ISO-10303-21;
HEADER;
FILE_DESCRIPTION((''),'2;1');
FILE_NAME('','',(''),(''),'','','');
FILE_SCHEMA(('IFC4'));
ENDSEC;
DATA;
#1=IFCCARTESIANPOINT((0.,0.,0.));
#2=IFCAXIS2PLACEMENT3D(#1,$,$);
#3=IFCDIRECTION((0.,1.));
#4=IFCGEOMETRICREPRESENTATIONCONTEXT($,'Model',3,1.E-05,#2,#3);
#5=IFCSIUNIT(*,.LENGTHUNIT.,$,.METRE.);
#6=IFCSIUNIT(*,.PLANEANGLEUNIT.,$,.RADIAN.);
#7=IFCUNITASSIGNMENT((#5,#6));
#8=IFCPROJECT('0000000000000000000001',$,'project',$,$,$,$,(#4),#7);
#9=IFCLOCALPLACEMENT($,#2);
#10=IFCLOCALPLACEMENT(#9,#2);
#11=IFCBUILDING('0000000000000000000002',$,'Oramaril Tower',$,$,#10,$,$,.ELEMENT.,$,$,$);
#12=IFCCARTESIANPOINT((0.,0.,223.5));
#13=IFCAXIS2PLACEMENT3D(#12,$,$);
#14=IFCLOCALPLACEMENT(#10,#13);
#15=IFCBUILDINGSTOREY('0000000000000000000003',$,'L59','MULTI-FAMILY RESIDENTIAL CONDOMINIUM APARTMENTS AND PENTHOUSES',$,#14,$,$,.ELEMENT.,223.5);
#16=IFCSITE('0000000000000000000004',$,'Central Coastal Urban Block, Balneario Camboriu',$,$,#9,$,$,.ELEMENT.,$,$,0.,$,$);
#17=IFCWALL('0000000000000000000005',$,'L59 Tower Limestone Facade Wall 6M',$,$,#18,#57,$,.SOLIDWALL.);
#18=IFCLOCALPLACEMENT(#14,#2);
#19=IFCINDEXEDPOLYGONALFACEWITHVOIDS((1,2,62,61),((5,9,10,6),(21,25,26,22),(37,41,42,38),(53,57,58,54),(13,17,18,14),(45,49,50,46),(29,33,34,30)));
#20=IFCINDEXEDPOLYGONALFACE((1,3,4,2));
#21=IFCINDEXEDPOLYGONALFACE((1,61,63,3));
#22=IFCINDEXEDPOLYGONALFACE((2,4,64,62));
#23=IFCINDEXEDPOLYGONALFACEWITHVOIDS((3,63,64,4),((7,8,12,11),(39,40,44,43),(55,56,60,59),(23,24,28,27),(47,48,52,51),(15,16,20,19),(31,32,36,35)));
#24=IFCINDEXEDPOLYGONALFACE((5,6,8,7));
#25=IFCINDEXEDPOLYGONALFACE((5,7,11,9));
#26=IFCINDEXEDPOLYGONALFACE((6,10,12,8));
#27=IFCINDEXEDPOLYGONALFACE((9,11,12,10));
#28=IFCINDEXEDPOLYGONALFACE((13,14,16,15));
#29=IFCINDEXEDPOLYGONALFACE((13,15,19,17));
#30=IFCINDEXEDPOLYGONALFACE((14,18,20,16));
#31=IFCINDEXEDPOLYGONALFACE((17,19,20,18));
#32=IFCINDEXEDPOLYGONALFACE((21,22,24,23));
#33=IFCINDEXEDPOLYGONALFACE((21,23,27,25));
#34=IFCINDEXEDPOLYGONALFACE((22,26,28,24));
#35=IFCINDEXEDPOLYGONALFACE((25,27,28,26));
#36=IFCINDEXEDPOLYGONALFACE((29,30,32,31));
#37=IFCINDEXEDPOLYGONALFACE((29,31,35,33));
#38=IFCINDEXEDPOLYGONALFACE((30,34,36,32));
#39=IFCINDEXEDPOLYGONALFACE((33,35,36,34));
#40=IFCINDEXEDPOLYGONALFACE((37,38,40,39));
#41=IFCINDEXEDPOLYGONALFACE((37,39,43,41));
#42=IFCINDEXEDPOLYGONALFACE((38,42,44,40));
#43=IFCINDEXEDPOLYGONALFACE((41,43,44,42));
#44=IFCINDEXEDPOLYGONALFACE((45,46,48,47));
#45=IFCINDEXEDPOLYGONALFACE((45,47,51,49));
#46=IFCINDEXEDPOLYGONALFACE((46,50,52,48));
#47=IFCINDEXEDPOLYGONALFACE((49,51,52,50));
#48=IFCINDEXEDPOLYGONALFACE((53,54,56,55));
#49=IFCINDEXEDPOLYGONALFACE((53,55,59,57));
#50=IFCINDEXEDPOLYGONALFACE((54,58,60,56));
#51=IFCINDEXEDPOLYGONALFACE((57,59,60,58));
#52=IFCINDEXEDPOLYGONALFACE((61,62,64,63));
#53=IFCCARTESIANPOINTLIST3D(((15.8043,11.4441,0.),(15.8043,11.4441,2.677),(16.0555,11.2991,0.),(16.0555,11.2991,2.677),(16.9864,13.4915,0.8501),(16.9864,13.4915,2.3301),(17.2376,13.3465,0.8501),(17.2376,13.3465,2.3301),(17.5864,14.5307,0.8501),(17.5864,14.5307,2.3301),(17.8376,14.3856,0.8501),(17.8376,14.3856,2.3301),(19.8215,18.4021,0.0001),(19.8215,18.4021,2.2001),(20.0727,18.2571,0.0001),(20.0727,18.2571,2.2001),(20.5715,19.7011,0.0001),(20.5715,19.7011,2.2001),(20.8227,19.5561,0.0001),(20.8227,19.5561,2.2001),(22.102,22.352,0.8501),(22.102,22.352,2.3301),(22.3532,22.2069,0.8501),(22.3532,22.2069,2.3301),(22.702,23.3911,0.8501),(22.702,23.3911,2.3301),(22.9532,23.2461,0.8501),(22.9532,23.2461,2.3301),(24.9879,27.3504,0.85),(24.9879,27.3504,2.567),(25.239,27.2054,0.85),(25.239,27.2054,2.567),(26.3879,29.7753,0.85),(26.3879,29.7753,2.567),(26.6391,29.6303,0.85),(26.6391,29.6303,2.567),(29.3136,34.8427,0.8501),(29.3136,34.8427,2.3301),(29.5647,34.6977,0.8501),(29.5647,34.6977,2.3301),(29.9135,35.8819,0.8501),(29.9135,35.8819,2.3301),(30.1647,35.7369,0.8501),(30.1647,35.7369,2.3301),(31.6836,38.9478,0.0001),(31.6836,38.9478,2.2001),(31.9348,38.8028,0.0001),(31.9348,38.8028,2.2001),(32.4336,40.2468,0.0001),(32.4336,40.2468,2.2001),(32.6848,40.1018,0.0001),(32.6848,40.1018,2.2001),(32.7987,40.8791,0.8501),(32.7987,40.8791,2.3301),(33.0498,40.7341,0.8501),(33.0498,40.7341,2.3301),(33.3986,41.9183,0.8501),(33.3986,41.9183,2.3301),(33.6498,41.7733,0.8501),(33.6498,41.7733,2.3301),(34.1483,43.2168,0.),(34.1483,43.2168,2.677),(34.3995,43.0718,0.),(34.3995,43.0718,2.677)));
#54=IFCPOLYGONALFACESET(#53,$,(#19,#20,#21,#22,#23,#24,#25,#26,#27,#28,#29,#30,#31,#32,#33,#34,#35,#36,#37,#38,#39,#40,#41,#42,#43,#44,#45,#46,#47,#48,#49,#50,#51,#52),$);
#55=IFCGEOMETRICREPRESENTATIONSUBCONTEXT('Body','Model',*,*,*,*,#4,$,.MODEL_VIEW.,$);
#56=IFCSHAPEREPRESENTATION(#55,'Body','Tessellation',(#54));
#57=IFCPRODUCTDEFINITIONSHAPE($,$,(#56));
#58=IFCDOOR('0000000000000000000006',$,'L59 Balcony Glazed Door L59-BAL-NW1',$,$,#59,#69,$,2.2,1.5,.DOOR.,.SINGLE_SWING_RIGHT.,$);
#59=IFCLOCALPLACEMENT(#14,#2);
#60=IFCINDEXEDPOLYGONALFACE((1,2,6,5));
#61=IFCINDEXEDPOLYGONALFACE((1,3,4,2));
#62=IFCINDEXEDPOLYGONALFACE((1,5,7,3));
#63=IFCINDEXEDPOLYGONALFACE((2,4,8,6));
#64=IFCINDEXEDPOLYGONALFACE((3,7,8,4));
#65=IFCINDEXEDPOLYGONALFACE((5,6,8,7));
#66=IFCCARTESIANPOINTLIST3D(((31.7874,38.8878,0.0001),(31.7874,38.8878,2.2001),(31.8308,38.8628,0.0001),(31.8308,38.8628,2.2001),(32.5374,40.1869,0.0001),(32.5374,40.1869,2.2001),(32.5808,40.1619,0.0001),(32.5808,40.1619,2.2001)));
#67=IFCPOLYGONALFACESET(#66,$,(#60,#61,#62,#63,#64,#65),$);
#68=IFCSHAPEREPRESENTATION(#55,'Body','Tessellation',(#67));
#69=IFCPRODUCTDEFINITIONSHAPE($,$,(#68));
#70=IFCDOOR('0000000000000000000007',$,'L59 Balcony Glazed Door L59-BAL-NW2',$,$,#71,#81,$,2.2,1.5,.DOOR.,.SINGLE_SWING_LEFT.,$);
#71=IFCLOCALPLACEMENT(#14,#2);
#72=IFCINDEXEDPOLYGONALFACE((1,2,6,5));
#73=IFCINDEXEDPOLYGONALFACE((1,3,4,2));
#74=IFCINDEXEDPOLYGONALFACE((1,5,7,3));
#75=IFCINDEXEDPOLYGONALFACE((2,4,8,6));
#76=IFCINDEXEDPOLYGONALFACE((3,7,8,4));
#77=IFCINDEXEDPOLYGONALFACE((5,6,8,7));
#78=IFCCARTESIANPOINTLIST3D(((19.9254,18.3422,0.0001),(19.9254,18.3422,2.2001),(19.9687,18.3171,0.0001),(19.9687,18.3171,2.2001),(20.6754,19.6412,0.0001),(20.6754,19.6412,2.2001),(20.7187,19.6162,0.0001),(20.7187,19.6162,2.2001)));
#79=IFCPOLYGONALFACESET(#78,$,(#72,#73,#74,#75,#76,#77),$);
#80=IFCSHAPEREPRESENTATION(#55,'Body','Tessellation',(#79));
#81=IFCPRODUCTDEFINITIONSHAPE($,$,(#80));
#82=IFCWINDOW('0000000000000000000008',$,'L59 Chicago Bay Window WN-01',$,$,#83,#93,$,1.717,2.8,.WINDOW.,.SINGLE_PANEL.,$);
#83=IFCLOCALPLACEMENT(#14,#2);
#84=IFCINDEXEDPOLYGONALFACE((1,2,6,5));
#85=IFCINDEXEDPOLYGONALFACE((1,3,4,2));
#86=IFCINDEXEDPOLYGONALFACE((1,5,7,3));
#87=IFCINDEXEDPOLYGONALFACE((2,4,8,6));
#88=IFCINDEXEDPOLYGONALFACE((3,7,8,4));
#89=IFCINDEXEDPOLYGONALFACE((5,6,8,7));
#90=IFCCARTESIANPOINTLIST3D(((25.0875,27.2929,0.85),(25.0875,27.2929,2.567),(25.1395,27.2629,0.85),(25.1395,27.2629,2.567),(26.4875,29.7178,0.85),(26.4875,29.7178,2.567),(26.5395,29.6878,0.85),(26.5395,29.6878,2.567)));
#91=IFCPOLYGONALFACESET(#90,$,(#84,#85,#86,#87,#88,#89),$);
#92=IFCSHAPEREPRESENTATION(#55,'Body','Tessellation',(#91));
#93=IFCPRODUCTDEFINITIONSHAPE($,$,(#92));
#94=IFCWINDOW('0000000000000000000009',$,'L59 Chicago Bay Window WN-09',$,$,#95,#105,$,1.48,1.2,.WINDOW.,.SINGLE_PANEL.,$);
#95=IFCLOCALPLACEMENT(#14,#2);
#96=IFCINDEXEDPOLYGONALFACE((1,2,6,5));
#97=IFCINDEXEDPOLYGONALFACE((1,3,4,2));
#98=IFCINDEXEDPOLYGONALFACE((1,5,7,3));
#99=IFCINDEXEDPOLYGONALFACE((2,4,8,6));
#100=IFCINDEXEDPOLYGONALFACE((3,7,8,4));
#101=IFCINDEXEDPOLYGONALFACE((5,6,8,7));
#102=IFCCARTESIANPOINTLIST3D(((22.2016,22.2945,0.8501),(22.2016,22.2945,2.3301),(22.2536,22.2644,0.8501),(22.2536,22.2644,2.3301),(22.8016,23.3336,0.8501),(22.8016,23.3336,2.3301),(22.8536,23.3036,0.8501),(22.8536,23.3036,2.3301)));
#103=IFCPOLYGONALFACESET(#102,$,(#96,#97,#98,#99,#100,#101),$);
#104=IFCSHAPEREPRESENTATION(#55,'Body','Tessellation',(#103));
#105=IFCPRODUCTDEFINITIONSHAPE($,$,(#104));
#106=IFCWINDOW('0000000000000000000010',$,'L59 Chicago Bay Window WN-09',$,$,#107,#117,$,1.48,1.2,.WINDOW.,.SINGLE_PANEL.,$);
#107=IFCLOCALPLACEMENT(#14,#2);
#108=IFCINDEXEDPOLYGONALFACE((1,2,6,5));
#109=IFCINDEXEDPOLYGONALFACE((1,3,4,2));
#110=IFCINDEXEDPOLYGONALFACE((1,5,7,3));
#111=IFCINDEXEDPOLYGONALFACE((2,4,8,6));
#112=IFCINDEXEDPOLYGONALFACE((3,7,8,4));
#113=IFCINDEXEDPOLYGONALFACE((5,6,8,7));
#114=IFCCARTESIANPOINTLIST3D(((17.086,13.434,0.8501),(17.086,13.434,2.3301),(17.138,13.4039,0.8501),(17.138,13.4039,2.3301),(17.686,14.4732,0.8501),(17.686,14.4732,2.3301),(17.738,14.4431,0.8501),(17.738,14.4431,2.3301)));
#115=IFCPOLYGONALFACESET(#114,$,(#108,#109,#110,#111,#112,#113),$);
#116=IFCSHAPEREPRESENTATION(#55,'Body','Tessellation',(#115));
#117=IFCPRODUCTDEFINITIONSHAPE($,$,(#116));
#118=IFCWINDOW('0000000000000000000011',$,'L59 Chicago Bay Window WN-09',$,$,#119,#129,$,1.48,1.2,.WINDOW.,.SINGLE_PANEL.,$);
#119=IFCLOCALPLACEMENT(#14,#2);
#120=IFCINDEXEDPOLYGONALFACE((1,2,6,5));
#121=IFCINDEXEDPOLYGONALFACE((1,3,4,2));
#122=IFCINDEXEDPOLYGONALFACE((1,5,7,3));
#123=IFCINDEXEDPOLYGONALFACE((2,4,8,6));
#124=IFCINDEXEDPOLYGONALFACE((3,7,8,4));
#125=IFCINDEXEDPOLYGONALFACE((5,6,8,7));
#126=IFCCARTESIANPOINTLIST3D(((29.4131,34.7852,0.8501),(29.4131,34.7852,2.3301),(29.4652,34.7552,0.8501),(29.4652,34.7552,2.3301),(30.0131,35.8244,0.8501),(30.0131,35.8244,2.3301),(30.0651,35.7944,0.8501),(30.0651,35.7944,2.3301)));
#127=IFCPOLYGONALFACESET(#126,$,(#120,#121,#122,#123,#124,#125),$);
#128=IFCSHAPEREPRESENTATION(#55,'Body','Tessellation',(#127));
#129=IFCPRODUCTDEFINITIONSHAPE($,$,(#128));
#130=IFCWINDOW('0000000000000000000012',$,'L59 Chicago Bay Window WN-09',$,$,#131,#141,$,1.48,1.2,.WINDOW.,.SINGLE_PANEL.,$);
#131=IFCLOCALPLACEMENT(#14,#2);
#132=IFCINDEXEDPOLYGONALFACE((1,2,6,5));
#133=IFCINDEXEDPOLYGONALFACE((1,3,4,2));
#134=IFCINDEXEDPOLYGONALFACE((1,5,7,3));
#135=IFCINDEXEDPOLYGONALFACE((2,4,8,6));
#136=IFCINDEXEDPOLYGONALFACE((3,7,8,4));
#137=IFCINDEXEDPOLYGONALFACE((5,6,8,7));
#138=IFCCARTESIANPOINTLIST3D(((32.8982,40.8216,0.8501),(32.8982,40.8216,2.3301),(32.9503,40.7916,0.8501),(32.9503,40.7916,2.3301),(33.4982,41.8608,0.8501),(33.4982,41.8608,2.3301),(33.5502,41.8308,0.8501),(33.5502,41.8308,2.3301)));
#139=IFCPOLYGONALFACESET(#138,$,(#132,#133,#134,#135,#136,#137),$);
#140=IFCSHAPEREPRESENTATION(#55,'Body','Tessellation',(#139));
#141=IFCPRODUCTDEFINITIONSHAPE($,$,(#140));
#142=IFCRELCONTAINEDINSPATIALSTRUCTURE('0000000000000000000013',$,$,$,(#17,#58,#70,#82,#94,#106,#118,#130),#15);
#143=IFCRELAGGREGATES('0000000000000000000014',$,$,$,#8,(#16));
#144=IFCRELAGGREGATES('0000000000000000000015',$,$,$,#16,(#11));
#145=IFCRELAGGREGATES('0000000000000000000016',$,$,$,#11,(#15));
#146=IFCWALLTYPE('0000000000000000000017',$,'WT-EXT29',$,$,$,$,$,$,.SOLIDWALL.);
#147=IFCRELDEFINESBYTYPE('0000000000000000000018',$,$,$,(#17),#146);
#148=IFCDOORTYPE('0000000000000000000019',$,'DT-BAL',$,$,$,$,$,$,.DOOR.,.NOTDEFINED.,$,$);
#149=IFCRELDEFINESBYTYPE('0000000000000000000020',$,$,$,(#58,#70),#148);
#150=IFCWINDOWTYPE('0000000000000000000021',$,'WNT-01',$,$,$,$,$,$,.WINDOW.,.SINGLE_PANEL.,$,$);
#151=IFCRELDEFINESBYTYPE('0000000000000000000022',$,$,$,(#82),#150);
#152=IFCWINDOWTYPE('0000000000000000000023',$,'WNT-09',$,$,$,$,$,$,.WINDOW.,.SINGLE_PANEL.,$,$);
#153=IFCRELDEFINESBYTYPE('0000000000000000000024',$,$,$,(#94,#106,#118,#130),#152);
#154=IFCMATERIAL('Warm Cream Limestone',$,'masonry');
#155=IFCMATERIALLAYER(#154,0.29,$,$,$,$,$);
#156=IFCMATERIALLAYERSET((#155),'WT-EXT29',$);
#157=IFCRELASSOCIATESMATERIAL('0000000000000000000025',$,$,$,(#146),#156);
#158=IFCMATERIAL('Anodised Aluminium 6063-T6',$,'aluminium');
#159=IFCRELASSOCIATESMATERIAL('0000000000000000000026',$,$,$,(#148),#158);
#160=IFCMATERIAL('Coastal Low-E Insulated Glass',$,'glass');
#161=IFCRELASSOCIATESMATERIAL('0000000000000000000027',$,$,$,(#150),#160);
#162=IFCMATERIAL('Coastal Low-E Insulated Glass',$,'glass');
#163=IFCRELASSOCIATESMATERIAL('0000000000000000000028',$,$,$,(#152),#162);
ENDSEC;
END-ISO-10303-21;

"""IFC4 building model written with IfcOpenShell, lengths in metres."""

from ifc_helpers import new_model, si_unit, direction, frame, frame_2d, origin, place, context, subcontext, project, spatial, rectangle, extrude, material, layer, layer_set, type_object, element, fill, save


model = new_model("IFC4")

# Units and contexts
model_context = context("Model", 3, precision=1e-05, world=origin(), true_north=direction((0.0, 1.0)))
body_context = subcontext(model_context, "Body", "Model", "MODEL_VIEW")
ifc_project = project(units=[si_unit("LENGTHUNIT", "METRE"), si_unit("PLANEANGLEUNIT", "RADIAN")], contexts=[model_context])

# Site, building, storey
site_placement = place(None, origin())
site = spatial("IfcSite", under=ifc_project, at=site_placement, Name="Central Coastal Urban Block, Balneario Camboriu", CompositionType="ELEMENT", RefElevation=0.0)
building_placement = place(site_placement, origin())
building = spatial("IfcBuilding", under=site, at=building_placement, Name="Oramaril Tower", CompositionType="ELEMENT")
storey_placement = place(building_placement, frame((0.0, 0.0, 223.5)))
storey = spatial("IfcBuildingStorey", under=building, at=storey_placement, Name="L59", Description="MULTI-FAMILY RESIDENTIAL CONDOMINIUM APARTMENTS AND PENTHOUSES", CompositionType="ELEMENT", Elevation=223.5)

# Shared definitions
ifc_material_1 = material(Name="Warm Cream Limestone", Category="masonry")
ifc_layer_1 = layer(ifc_material_1, 0.29)
ifc_layer_set_1 = layer_set([ifc_layer_1], Name="WT-EXT29")
wall_type_1 = type_object("IfcWallType", Name="WT-EXT29", PredefinedType="SOLIDWALL", material=ifc_layer_set_1)

# Wall, openings, doors, windows
wall_1_placement = place(storey_placement, frame((34.2739, 43.1443, 0.0), z_axis=(0.0, 0.0, 1.0), x_axis=(-0.5, -0.866025, 0.0)))
wall_1 = element("IfcWall", 1, at=wall_1_placement, inside=storey, type_object=wall_type_1, Name="L59 Tower Limestone Facade Wall 6M", PredefinedType="SOLIDWALL", context=body_context, shape_type="SweptSolid", body=[
    extrude(rectangle(XDim=36.688, YDim=0.29, at=frame_2d((18.344, 0.0))), origin(), (0.0, 0.0, 1.0), 2.677),
])
opening_1_placement = place(wall_1_placement, frame((3.4294, 0.0, 0.0)))
opening_1 = element("IfcOpeningElement", 2, at=opening_1_placement, cuts=wall_1, PredefinedType="OPENING", context=body_context, shape_type="SweptSolid", body=[
    extrude(rectangle(XDim=1.5, YDim=2.2, at=frame_2d((0.75, 1.1001))), frame((0.0, 0.145, 0.0), z_axis=(0.0, -1.0, 0.0), x_axis=(1.0, 0.0, 0.0)), (0.0, 0.0, 1.0), 0.29),
])
opening_2_placement = place(wall_1_placement, frame((27.1536, 0.0, 0.0)))
opening_2 = element("IfcOpeningElement", 3, at=opening_2_placement, cuts=wall_1, PredefinedType="OPENING", context=body_context, shape_type="SweptSolid", body=[
    extrude(rectangle(XDim=1.5, YDim=2.2, at=frame_2d((0.75, 1.1001))), frame((0.0, 0.145, 0.0), z_axis=(0.0, -1.0, 0.0), x_axis=(1.0, 0.0, 0.0)), (0.0, 0.0, 1.0), 0.29),
])
opening_3_placement = place(wall_1_placement, frame((22.8926, 0.0, 0.8501)))
opening_3 = element("IfcOpeningElement", 4, at=opening_3_placement, cuts=wall_1, PredefinedType="OPENING", context=body_context, shape_type="SweptSolid", body=[
    extrude(rectangle(XDim=1.2, YDim=1.48, at=frame_2d((0.6001, 0.74))), frame((0.0, 0.145, 0.0), z_axis=(0.0, -1.0, 0.0), x_axis=(1.0, 0.0, 0.0)), (0.0, 0.0, 1.0), 0.29),
])
opening_4_placement = place(wall_1_placement, frame((33.1238, 0.0, 0.8501)))
opening_4 = element("IfcOpeningElement", 5, at=opening_4_placement, cuts=wall_1, PredefinedType="OPENING", context=body_context, shape_type="SweptSolid", body=[
    extrude(rectangle(XDim=1.2, YDim=1.48, at=frame_2d((0.6001, 0.74))), frame((0.0, 0.145, 0.0), z_axis=(0.0, -1.0, 0.0), x_axis=(1.0, 0.0, 0.0)), (0.0, 0.0, 1.0), 0.29),
])
opening_5_placement = place(wall_1_placement, frame((8.4695, 0.0, 0.8501)))
opening_5 = element("IfcOpeningElement", 6, at=opening_5_placement, cuts=wall_1, PredefinedType="OPENING", context=body_context, shape_type="SweptSolid", body=[
    extrude(rectangle(XDim=1.2, YDim=1.48, at=frame_2d((0.6001, 0.74))), frame((0.0, 0.145, 0.0), z_axis=(0.0, -1.0, 0.0), x_axis=(1.0, 0.0, 0.0)), (0.0, 0.0, 1.0), 0.29),
])
opening_6_placement = place(wall_1_placement, frame((15.521, 0.0, 0.8501)))
opening_6 = element("IfcOpeningElement", 7, at=opening_6_placement, cuts=wall_1, PredefinedType="OPENING", context=body_context, shape_type="SweptSolid", body=[
    extrude(rectangle(XDim=2.8, YDim=1.717, at=frame_2d((1.3999, 0.8584))), frame((0.0, 0.145, 0.0), z_axis=(0.0, -1.0, 0.0), x_axis=(1.0, 0.0, 0.0)), (0.0, 0.0, 1.0), 0.29),
])
opening_7_placement = place(wall_1_placement, frame((1.4993, 0.0, 0.8501)))
opening_7 = element("IfcOpeningElement", 8, at=opening_7_placement, cuts=wall_1, PredefinedType="OPENING", context=body_context, shape_type="SweptSolid", body=[
    extrude(rectangle(XDim=1.2, YDim=1.48, at=frame_2d((0.6001, 0.74))), frame((0.0, 0.145, 0.0), z_axis=(0.0, -1.0, 0.0), x_axis=(1.0, 0.0, 0.0)), (0.0, 0.0, 1.0), 0.29),
])
ifc_material_2 = material(Name="Anodised Aluminium 6063-T6", Category="aluminium")
door_type_1 = type_object("IfcDoorType", Name="DT-BAL", OperationType="NOTDEFINED", PredefinedType="DOOR", material=ifc_material_2)
door_1_placement = place(opening_1_placement, origin())
door_1 = element("IfcDoor", 9, at=door_1_placement, inside=storey, type_object=door_type_1, Name="L59 Balcony Glazed Door L59-BAL-NW1", OperationType="SINGLE_SWING_RIGHT", OverallHeight=2.2, OverallWidth=1.5, PredefinedType="DOOR", context=body_context, shape_type="SweptSolid", body=[
    extrude(rectangle(XDim=1.5, YDim=2.2, at=frame_2d((0.75, 1.1001))), frame((0.0, 0.0249, 0.0), z_axis=(0.0, -1.0, 0.0), x_axis=(1.0, 0.0, 0.0)), (0.0, 0.0, 1.0), 0.05),
])
fill(opening_1, door_1)
door_2_placement = place(opening_2_placement, origin())
door_2 = element("IfcDoor", 10, at=door_2_placement, inside=storey, type_object=door_type_1, Name="L59 Balcony Glazed Door L59-BAL-NW2", OperationType="SINGLE_SWING_LEFT", OverallHeight=2.2, OverallWidth=1.5, PredefinedType="DOOR", context=body_context, shape_type="SweptSolid", body=[
    extrude(rectangle(XDim=1.5, YDim=2.2, at=frame_2d((0.75, 1.1001))), frame((0.0, 0.0249, 0.0), z_axis=(0.0, -1.0, 0.0), x_axis=(1.0, 0.0, 0.0)), (0.0, 0.0, 1.0), 0.05),
])
fill(opening_2, door_2)
ifc_material_3 = material(Name="Coastal Low-E Insulated Glass", Category="glass")
window_type_1 = type_object("IfcWindowType", Name="WNT-01", PartitioningType="SINGLE_PANEL", PredefinedType="WINDOW", material=ifc_material_3)
window_1_placement = place(opening_6_placement, origin())
window_1 = element("IfcWindow", 11, at=window_1_placement, inside=storey, type_object=window_type_1, Name="L59 Chicago Bay Window WN-01", OverallHeight=1.717, OverallWidth=2.8, PartitioningType="SINGLE_PANEL", PredefinedType="WINDOW", context=body_context, shape_type="SweptSolid", body=[
    extrude(rectangle(XDim=2.8, YDim=1.717, at=frame_2d((1.3999, 0.8584))), frame((0.0, 0.03, 0.0), z_axis=(0.0, -1.0, 0.0), x_axis=(1.0, 0.0, 0.0)), (0.0, 0.0, 1.0), 0.0601),
])
fill(opening_6, window_1)
ifc_material_4 = material(Name="Coastal Low-E Insulated Glass", Category="glass")
window_type_2 = type_object("IfcWindowType", Name="WNT-09", PartitioningType="SINGLE_PANEL", PredefinedType="WINDOW", material=ifc_material_4)
window_2_placement = place(opening_3_placement, origin())
window_2 = element("IfcWindow", 12, at=window_2_placement, inside=storey, type_object=window_type_2, Name="L59 Chicago Bay Window WN-09", OverallHeight=1.48, OverallWidth=1.2, PartitioningType="SINGLE_PANEL", PredefinedType="WINDOW", context=body_context, shape_type="SweptSolid", body=[
    extrude(rectangle(XDim=1.2, YDim=1.48, at=frame_2d((0.6001, 0.74))), frame((0.0, 0.03, 0.0), z_axis=(0.0, -1.0, 0.0), x_axis=(1.0, 0.0, 0.0)), (0.0, 0.0, 1.0), 0.0601),
])
fill(opening_3, window_2)
window_3_placement = place(opening_4_placement, origin())
window_3 = element("IfcWindow", 13, at=window_3_placement, inside=storey, type_object=window_type_2, Name="L59 Chicago Bay Window WN-09", OverallHeight=1.48, OverallWidth=1.2, PartitioningType="SINGLE_PANEL", PredefinedType="WINDOW", context=body_context, shape_type="SweptSolid", body=[
    extrude(rectangle(XDim=1.2, YDim=1.48, at=frame_2d((0.6001, 0.74))), frame((0.0, 0.03, 0.0), z_axis=(0.0, -1.0, 0.0), x_axis=(1.0, 0.0, 0.0)), (0.0, 0.0, 1.0), 0.0601),
])
fill(opening_4, window_3)
window_4_placement = place(opening_5_placement, origin())
window_4 = element("IfcWindow", 14, at=window_4_placement, inside=storey, type_object=window_type_2, Name="L59 Chicago Bay Window WN-09", OverallHeight=1.48, OverallWidth=1.2, PartitioningType="SINGLE_PANEL", PredefinedType="WINDOW", context=body_context, shape_type="SweptSolid", body=[
    extrude(rectangle(XDim=1.2, YDim=1.48, at=frame_2d((0.6001, 0.74))), frame((0.0, 0.03, 0.0), z_axis=(0.0, -1.0, 0.0), x_axis=(1.0, 0.0, 0.0)), (0.0, 0.0, 1.0), 0.0601),
])
fill(opening_5, window_4)
window_5_placement = place(opening_7_placement, origin())
window_5 = element("IfcWindow", 15, at=window_5_placement, inside=storey, type_object=window_type_2, Name="L59 Chicago Bay Window WN-09", OverallHeight=1.48, OverallWidth=1.2, PartitioningType="SINGLE_PANEL", PredefinedType="WINDOW", context=body_context, shape_type="SweptSolid", body=[
    extrude(rectangle(XDim=1.2, YDim=1.48, at=frame_2d((0.6001, 0.74))), frame((0.0, 0.03, 0.0), z_axis=(0.0, -1.0, 0.0), x_axis=(1.0, 0.0, 0.0)), (0.0, 0.0, 1.0), 0.0601),
])
fill(opening_7, window_5)

save(model, "model.ifc")
